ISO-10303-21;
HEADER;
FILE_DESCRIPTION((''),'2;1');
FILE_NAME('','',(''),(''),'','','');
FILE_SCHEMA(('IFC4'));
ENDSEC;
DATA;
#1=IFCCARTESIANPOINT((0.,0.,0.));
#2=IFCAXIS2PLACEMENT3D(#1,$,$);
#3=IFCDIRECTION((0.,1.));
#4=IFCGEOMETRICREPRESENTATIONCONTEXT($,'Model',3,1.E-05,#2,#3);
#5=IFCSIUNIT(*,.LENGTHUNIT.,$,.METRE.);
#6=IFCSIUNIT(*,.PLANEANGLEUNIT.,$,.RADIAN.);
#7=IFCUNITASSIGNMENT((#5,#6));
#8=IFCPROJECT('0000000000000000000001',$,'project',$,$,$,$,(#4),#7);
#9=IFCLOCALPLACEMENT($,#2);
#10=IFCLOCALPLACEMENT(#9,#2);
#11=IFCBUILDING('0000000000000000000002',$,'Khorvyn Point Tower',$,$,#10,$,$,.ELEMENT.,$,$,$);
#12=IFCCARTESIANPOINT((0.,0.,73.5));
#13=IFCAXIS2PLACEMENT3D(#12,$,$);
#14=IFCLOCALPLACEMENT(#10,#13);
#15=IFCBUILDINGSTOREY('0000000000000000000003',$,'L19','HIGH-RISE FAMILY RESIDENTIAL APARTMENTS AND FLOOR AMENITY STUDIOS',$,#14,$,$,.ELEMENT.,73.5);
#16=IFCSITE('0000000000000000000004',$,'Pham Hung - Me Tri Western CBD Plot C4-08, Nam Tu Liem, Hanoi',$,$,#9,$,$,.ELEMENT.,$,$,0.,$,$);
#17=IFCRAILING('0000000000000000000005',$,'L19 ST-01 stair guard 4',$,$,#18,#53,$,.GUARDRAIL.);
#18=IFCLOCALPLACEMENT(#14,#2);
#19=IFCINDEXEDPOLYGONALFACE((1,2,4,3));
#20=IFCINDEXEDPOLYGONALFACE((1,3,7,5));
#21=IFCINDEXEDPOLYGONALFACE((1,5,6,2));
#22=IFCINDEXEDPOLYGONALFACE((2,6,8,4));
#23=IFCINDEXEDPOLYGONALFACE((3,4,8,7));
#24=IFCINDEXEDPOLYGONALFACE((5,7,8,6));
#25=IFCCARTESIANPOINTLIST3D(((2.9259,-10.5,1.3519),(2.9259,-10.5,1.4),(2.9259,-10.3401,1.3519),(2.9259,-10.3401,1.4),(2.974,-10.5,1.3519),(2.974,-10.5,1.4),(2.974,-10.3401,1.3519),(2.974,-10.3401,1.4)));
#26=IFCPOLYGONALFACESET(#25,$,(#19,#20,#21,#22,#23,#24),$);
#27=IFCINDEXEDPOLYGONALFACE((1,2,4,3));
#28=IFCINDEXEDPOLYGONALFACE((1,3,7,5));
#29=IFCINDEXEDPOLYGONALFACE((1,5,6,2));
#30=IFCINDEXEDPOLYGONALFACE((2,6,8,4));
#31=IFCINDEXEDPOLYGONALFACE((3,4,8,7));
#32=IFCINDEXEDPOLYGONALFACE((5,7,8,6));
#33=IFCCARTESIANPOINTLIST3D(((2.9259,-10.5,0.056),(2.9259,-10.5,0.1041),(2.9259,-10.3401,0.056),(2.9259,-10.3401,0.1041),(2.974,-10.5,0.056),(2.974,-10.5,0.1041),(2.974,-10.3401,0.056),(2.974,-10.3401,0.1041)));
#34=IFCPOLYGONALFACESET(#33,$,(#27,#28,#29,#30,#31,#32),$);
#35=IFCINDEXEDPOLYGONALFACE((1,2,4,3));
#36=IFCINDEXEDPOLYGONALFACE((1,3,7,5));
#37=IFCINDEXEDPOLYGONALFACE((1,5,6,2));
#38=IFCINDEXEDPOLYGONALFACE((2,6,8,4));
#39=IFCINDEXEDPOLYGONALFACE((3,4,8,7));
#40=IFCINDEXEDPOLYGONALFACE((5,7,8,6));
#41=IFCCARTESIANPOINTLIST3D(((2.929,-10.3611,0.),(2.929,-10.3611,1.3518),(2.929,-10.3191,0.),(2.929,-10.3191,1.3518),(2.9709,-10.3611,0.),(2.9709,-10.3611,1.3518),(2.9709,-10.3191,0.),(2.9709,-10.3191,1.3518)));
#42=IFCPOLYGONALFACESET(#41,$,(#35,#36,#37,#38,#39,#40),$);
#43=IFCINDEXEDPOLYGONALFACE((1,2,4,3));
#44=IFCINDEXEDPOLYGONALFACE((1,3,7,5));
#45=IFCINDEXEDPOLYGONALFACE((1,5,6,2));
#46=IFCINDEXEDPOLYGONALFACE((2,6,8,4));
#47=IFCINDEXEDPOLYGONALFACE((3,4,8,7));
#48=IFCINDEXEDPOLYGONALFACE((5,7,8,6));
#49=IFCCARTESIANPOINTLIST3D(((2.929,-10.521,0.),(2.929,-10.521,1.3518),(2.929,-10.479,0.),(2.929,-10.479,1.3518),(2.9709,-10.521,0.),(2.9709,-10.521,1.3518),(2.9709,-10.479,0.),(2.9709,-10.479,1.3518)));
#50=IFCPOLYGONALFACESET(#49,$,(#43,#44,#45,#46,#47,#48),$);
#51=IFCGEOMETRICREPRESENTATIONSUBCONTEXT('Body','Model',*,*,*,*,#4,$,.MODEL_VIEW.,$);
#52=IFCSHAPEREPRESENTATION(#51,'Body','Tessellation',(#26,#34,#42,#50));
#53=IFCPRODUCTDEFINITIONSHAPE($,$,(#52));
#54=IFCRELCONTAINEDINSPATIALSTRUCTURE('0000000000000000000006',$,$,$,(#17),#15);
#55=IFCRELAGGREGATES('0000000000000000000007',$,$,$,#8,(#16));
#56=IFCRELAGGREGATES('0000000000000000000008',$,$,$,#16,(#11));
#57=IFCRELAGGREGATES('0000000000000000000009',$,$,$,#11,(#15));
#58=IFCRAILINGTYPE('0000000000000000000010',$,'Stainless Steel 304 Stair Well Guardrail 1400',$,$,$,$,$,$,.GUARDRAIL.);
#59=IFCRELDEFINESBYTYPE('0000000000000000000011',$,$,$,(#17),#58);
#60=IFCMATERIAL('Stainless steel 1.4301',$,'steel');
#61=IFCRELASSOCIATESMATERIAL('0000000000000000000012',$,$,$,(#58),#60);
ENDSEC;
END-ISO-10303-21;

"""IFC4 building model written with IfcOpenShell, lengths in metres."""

from ifc_helpers import new_model, si_unit, direction, frame, origin, origin_2d, place, context, subcontext, project, spatial, rectangle, extrude, material, type_object, element, save


model = new_model("IFC4")

# Units and contexts
model_context = context("Model", 3, precision=1e-05, world=origin(), true_north=direction((0.0, 1.0)))
body_context = subcontext(model_context, "Body", "Model", "MODEL_VIEW")
ifc_project = project(units=[si_unit("LENGTHUNIT", "METRE"), si_unit("PLANEANGLEUNIT", "RADIAN")], contexts=[model_context])

# Site, building, storey
site_placement = place(None, origin())
site = spatial("IfcSite", under=ifc_project, at=site_placement, Name="Pham Hung - Me Tri Western CBD Plot C4-08, Nam Tu Liem, Hanoi", CompositionType="ELEMENT", RefElevation=0.0)
building_placement = place(site_placement, origin())
building = spatial("IfcBuilding", under=site, at=building_placement, Name="Khorvyn Point Tower", CompositionType="ELEMENT")
storey_placement = place(building_placement, frame((0.0, 0.0, 73.5)))
storey = spatial("IfcBuildingStorey", under=building, at=storey_placement, Name="L19", Description="HIGH-RISE FAMILY RESIDENTIAL APARTMENTS AND FLOOR AMENITY STUDIOS", CompositionType="ELEMENT", Elevation=73.5)

# Shared definitions
ifc_material_1 = material(Name="Stainless steel 1.4301", Category="steel")

# Railing
railing_type_1 = type_object("IfcRailingType", Name="Stainless Steel 304 Stair Well Guardrail 1400", PredefinedType="GUARDRAIL", material=ifc_material_1)
railing_1_placement = place(storey_placement, frame((2.95, -10.3401, 0.0)))
element("IfcRailing", 1, at=railing_1_placement, inside=storey, type_object=railing_type_1, Name="L19 ST-01 stair guard 4", PredefinedType="GUARDRAIL", context=body_context, shape_type="SweptSolid", body=[
    extrude(rectangle(XDim=0.0481, YDim=0.0481, at=origin_2d()), frame((0.0, 0.0, 1.376), z_axis=(0.0, -1.0, 0.0), x_axis=(1.0, 0.0, 0.0)), (0.0, 0.0, 1.0), 0.1599),
    extrude(rectangle(XDim=0.0481, YDim=0.0481, at=origin_2d()), frame((0.0, 0.0, 0.0801), z_axis=(0.0, -1.0, 0.0), x_axis=(1.0, 0.0, 0.0)), (0.0, 0.0, 1.0), 0.1599),
    extrude(rectangle(XDim=0.042, YDim=0.042, at=origin_2d()), origin(), (0.0, 0.0, 1.0), 1.3518),
    extrude(rectangle(XDim=0.042, YDim=0.042, at=origin_2d()), frame((0.0, -0.1599, 0.0)), (0.0, 0.0, 1.0), 1.3518),
])

save(model, "model.ifc")
